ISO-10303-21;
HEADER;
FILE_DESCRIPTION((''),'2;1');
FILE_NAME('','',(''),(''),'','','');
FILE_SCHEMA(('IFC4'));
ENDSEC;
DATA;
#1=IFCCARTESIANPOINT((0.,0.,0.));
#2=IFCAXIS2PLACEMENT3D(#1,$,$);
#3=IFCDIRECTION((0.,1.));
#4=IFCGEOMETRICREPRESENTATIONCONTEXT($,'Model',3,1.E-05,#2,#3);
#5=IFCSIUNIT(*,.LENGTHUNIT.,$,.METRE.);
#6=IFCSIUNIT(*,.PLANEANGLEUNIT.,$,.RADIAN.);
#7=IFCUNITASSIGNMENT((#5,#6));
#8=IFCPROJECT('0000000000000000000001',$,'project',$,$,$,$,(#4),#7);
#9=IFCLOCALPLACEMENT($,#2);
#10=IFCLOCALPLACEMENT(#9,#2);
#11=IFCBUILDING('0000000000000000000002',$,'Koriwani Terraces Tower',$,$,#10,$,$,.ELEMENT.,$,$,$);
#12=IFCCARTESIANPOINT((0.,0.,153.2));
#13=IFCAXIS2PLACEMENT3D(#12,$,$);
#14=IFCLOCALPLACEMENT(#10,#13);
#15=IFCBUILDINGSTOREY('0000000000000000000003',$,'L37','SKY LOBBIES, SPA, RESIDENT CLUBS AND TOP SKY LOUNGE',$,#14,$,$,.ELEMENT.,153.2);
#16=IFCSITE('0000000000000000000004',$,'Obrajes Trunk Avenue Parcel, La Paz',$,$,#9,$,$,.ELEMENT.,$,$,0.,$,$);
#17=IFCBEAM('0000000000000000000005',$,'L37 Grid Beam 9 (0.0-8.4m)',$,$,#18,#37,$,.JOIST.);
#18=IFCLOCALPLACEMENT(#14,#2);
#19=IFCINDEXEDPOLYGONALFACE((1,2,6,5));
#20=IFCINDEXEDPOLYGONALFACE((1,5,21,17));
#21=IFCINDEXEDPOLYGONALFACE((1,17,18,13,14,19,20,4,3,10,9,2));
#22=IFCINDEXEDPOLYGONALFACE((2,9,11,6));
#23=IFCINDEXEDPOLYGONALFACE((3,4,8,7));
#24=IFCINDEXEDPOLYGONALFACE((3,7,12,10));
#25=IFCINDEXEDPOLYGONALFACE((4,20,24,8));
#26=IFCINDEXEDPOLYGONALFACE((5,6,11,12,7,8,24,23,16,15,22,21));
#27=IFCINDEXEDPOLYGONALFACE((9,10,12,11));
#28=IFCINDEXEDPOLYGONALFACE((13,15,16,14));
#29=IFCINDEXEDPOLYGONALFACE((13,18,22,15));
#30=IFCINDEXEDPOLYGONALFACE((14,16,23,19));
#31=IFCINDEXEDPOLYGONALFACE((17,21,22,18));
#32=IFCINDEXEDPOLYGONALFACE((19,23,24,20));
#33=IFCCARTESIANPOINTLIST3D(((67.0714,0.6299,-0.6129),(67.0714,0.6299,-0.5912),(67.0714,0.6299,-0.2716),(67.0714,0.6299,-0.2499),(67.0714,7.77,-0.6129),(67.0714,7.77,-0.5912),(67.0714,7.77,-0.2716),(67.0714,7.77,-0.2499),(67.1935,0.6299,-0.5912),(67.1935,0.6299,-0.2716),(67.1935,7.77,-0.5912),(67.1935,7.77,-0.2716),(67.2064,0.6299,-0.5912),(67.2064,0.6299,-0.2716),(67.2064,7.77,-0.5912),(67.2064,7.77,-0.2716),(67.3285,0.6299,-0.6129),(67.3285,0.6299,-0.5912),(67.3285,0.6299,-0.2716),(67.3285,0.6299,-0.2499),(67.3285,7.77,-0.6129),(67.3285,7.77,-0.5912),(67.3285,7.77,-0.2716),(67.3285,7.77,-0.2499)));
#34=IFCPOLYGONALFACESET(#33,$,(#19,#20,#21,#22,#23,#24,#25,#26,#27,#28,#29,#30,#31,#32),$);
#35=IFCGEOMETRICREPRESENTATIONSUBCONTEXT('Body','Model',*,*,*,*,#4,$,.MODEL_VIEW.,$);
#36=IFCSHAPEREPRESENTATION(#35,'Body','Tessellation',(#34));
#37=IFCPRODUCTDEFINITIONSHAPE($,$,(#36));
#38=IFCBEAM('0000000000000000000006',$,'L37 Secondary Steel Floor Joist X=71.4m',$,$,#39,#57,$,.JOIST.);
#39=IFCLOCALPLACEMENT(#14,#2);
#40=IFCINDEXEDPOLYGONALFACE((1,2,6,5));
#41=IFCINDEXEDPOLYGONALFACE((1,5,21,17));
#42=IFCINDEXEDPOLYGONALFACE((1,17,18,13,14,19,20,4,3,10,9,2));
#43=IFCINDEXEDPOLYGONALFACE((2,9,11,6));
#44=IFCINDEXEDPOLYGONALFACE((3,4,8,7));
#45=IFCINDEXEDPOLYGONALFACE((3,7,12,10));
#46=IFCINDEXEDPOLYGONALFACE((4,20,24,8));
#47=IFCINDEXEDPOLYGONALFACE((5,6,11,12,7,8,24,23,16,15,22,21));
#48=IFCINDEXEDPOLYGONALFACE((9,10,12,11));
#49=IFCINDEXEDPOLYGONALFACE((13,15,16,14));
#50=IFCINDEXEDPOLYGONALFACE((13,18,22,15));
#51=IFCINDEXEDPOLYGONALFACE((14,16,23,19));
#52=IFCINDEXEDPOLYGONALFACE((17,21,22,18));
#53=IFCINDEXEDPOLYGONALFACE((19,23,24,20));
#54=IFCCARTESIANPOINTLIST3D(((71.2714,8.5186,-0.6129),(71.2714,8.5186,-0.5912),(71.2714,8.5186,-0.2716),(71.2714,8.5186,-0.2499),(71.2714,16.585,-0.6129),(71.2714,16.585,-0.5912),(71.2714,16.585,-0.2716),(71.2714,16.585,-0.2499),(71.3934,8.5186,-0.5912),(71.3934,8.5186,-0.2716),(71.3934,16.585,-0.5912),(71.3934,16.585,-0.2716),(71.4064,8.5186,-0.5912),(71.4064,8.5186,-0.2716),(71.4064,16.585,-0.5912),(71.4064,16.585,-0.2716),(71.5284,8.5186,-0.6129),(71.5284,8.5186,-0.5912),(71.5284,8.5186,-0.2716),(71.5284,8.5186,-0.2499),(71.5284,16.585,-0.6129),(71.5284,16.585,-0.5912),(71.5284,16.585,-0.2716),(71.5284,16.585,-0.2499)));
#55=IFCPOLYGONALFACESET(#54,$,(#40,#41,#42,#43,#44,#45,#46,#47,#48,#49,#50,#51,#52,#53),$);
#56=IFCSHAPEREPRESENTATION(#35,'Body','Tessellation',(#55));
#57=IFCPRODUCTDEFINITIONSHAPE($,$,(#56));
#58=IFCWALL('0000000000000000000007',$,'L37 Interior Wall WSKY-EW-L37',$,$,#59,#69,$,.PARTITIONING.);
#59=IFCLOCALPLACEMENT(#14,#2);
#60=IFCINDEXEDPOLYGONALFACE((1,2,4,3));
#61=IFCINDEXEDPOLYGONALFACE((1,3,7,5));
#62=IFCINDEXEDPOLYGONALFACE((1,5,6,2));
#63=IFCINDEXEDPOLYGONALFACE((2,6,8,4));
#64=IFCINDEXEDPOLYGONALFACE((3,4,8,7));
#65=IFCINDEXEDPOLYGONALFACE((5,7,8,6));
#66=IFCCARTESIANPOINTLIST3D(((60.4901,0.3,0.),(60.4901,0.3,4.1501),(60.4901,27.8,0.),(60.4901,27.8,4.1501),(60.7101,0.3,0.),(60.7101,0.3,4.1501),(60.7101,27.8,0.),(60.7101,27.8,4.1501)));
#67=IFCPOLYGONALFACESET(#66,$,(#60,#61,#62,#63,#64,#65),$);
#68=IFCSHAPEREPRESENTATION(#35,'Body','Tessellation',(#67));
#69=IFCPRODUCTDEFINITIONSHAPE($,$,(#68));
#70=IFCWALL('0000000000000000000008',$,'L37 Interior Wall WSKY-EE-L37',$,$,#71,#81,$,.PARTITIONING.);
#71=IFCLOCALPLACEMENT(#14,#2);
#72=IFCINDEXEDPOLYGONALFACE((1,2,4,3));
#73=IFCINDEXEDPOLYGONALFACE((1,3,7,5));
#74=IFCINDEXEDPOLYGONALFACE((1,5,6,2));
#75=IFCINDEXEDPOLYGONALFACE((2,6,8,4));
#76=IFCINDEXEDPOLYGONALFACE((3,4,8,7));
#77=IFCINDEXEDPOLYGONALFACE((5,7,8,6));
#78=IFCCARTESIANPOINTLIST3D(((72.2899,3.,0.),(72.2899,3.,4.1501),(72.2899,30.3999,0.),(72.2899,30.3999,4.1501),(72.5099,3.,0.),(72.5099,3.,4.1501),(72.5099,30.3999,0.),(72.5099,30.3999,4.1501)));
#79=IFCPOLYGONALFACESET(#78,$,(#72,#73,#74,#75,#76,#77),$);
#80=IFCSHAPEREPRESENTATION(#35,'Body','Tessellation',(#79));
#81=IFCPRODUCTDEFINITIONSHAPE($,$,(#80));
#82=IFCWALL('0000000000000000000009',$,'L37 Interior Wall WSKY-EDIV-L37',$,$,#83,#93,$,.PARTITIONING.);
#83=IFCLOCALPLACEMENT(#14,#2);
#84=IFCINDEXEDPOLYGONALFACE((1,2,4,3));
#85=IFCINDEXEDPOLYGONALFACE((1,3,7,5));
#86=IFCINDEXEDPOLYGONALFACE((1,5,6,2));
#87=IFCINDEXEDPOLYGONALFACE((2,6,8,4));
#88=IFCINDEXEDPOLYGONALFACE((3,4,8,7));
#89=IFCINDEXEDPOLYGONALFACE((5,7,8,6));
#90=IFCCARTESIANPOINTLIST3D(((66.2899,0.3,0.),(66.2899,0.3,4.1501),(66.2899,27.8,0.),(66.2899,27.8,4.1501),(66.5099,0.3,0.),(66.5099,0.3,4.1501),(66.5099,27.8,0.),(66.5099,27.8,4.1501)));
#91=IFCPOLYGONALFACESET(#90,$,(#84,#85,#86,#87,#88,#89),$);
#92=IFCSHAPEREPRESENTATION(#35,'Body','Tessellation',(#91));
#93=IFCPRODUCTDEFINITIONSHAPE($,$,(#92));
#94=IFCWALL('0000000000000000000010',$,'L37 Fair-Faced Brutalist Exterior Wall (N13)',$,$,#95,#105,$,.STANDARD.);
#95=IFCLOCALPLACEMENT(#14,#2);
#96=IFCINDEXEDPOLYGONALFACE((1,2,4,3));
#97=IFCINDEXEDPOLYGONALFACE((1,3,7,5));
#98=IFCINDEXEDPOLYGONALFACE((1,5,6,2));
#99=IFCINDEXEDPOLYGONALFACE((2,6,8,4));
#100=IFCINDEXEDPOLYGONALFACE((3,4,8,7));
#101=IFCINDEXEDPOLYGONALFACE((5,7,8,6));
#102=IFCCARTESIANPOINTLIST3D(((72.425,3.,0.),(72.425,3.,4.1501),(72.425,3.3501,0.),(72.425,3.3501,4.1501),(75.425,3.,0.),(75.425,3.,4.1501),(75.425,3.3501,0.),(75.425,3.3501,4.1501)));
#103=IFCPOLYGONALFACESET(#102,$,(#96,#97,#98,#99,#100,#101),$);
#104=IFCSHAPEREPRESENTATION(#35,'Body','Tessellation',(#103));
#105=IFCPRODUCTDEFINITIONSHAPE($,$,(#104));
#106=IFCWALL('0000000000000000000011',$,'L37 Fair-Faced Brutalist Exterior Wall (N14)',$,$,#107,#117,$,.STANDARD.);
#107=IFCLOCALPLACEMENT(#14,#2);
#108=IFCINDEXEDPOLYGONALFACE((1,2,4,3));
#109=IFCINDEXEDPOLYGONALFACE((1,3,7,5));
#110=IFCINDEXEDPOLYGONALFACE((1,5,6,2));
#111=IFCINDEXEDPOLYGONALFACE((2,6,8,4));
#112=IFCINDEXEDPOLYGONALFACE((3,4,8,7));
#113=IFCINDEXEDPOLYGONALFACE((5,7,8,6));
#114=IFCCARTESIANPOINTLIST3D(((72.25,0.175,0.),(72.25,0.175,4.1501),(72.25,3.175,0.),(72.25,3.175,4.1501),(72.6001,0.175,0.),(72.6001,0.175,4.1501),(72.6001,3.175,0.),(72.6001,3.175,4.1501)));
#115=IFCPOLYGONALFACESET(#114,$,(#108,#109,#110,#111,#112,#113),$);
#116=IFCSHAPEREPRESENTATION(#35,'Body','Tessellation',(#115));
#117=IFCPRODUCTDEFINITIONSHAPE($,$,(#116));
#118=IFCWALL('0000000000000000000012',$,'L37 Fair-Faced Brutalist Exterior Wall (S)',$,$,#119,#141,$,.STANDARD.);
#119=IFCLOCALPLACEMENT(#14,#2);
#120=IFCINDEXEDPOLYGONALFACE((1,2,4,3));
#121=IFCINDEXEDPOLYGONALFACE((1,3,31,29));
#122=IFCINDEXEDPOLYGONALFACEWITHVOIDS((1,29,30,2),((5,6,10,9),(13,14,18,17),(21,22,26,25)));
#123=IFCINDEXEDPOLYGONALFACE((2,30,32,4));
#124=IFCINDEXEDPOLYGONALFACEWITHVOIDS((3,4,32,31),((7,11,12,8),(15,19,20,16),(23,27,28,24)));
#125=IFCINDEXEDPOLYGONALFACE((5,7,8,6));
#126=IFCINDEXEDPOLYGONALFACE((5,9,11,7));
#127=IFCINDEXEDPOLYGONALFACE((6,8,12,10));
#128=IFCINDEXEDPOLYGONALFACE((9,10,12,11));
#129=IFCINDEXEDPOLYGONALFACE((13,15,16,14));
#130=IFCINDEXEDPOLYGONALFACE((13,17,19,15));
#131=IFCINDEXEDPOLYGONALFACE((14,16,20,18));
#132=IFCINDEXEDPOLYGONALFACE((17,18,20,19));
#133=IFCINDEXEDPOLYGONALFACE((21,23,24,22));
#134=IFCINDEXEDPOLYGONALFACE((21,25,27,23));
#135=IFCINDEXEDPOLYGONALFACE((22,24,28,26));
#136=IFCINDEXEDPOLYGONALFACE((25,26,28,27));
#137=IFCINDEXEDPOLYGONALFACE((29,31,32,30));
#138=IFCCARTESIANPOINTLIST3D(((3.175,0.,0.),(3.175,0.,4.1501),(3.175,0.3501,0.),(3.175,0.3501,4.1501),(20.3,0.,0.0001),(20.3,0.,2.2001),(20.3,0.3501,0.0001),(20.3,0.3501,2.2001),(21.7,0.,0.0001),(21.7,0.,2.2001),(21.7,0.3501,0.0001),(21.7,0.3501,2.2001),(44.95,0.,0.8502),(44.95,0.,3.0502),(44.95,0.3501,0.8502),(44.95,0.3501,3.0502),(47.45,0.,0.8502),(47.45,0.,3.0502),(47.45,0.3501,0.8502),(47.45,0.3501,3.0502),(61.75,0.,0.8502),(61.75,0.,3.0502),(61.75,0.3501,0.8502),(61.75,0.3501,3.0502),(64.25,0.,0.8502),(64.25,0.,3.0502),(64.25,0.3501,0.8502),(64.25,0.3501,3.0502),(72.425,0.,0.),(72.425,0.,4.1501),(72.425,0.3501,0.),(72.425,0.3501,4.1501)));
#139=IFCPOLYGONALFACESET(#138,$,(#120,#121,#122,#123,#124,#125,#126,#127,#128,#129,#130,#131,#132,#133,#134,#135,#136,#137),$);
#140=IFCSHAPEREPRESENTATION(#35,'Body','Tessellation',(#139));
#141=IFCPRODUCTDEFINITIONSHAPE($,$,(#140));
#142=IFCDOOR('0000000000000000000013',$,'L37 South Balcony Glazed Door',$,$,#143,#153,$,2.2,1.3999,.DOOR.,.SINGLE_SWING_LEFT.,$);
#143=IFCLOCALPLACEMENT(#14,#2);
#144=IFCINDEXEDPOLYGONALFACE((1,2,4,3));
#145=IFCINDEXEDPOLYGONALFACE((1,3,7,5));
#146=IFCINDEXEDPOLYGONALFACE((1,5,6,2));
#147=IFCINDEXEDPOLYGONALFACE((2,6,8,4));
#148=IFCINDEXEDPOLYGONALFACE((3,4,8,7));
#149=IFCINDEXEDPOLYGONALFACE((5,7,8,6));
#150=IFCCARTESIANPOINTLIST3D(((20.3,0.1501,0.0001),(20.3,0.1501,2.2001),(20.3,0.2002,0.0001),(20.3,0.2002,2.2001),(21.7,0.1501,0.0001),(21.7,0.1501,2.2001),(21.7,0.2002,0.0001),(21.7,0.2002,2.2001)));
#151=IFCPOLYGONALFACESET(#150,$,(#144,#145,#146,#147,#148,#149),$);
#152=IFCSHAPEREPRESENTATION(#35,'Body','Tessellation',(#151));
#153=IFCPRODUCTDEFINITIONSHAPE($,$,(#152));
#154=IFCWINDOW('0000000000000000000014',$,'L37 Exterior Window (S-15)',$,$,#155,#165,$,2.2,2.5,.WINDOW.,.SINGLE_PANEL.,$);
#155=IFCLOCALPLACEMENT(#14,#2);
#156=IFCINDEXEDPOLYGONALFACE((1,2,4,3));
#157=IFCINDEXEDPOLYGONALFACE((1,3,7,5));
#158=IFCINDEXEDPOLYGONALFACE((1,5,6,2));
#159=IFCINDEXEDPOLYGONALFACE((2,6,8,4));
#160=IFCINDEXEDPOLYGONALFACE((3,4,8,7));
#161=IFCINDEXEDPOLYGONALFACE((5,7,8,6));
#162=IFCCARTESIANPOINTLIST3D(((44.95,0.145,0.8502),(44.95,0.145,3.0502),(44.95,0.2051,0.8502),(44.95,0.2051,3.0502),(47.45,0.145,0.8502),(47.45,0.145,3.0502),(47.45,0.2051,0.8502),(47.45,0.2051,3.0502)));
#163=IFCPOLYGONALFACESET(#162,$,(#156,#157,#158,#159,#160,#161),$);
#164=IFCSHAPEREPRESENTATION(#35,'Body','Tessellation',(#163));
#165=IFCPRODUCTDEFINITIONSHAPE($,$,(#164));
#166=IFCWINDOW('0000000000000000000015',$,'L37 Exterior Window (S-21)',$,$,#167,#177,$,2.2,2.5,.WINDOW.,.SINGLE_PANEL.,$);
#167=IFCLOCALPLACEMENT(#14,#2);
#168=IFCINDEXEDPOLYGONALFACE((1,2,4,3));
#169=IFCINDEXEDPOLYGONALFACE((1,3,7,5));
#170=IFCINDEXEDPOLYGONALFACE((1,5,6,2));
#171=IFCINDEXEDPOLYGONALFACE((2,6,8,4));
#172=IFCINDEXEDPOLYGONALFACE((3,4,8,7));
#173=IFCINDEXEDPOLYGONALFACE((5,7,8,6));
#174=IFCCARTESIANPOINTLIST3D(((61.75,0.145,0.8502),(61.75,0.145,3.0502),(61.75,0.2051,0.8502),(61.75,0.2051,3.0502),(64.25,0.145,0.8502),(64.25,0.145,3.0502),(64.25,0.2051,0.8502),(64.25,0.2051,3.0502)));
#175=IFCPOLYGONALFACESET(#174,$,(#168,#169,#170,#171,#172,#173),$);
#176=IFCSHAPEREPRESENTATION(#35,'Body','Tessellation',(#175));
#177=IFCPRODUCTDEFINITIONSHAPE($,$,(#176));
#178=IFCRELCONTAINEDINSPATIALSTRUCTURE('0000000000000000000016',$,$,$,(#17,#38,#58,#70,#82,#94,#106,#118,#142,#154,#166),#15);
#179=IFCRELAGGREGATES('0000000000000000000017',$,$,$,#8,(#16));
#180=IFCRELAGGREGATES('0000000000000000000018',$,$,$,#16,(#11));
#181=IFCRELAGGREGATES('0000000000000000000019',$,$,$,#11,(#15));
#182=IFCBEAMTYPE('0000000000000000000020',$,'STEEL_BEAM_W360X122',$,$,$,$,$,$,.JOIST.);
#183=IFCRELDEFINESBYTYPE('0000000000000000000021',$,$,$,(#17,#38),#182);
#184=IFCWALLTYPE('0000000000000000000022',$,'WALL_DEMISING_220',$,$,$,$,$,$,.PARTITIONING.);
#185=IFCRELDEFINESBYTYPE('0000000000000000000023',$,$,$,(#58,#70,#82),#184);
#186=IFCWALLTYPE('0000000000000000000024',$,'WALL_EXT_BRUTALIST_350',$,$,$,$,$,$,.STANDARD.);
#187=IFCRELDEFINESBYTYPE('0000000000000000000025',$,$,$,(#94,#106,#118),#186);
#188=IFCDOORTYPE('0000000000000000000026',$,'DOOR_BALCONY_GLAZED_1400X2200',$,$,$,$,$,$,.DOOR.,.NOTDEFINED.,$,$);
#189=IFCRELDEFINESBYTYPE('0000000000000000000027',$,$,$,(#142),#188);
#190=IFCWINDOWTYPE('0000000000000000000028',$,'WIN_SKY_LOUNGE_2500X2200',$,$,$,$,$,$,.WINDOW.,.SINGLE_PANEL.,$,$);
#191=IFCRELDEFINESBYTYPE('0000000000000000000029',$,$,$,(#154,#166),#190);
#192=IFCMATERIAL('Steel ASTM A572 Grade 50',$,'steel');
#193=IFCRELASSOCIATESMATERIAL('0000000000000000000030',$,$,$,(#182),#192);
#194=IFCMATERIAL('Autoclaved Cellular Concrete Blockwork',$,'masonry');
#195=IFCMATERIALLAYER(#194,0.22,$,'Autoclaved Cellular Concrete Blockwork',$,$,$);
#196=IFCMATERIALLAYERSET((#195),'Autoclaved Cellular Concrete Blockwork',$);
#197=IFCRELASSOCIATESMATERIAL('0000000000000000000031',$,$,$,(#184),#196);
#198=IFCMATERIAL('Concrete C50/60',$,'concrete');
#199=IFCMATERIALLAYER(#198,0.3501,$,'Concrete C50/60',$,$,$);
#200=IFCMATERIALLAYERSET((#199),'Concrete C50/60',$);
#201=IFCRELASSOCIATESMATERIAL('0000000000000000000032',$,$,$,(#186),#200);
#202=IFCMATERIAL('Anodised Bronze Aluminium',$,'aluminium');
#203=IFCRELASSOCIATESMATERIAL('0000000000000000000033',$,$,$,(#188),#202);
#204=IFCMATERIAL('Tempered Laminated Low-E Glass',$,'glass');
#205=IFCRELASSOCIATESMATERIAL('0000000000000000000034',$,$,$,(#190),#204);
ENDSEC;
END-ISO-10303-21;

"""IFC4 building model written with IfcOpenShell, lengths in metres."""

from ifc_helpers import new_model, si_unit, direction, frame, frame_2d, origin, origin_2d, place, context, subcontext, project, spatial, rectangle, i_section, extrude, material, layer, layer_set, material_profile, profile_set, type_object, element, fill, save


model = new_model("IFC4")

# Units and contexts
model_context = context("Model", 3, precision=1e-05, world=origin(), true_north=direction((0.0, 1.0)))
body_context = subcontext(model_context, "Body", "Model", "MODEL_VIEW")
ifc_project = project(units=[si_unit("LENGTHUNIT", "METRE"), si_unit("PLANEANGLEUNIT", "RADIAN")], contexts=[model_context])

# Site, building, storey
site_placement = place(None, origin())
site = spatial("IfcSite", under=ifc_project, at=site_placement, Name="Obrajes Trunk Avenue Parcel, La Paz", CompositionType="ELEMENT", RefElevation=0.0)
building_placement = place(site_placement, origin())
building = spatial("IfcBuilding", under=site, at=building_placement, Name="Koriwani Terraces Tower", CompositionType="ELEMENT")
storey_placement = place(building_placement, frame((0.0, 0.0, 153.2)))
storey = spatial("IfcBuildingStorey", under=building, at=storey_placement, Name="L37", Description="SKY LOBBIES, SPA, RESIDENT CLUBS AND TOP SKY LOUNGE", CompositionType="ELEMENT", Elevation=153.2)

# Shared definitions
ifc_material_1 = material(Name="Concrete C50/60", Category="concrete")

# Shared definitions
ifc_material_2 = material(Name="Anodised Bronze Aluminium", Category="aluminium")

# Beams
ifc_material_3 = material(Name="Steel ASTM A572 Grade 50", Category="steel")
ifc_material_profile_1 = material_profile(ifc_material_3, i_section(OverallWidth=0.2571, OverallDepth=0.363, WebThickness=0.0129, FlangeThickness=0.0217, at=origin_2d()), Name="Steel ASTM A572 Grade 50", Category="LoadBearing")
ifc_profile_set_1 = profile_set([ifc_material_profile_1], Name="Steel ASTM A572 Grade 50")
beam_type_1 = type_object("IfcBeamType", Name="STEEL_BEAM_W360X122", PredefinedType="JOIST", material=ifc_profile_set_1)
beam_1_placement = place(storey_placement, frame((67.2, 0.6299, -0.4314), z_axis=(0.0, 1.0, 0.0), x_axis=(-1.0, 0.0, 0.0)))
element("IfcBeam", 1, at=beam_1_placement, inside=storey, type_object=beam_type_1, Name="L37 Grid Beam 9 (0.0-8.4m)", PredefinedType="JOIST", context=body_context, shape_type="SweptSolid", body=[
    extrude(i_section(OverallWidth=0.2571, OverallDepth=0.363, WebThickness=0.0129, FlangeThickness=0.0217, at=origin_2d()), origin(), (0.0, 0.0, 1.0), 7.1401),
])
beam_2_placement = place(storey_placement, frame((71.3999, 8.5186, -0.4314), z_axis=(0.0, 1.0, 0.0), x_axis=(-1.0, 0.0, 0.0)))
element("IfcBeam", 2, at=beam_2_placement, inside=storey, type_object=beam_type_1, Name="L37 Secondary Steel Floor Joist X=71.4m", PredefinedType="JOIST", context=body_context, shape_type="SweptSolid", body=[
    extrude(i_section(OverallWidth=0.2571, OverallDepth=0.363, WebThickness=0.0129, FlangeThickness=0.0217, at=origin_2d()), origin(), (0.0, 0.0, 1.0), 8.0664),
])

# Walls
ifc_material_4 = material(Name="Autoclaved Cellular Concrete Blockwork", Category="masonry")
ifc_layer_1 = layer(ifc_material_4, 0.22, Name="Autoclaved Cellular Concrete Blockwork")
ifc_layer_set_1 = layer_set([ifc_layer_1], Name="Autoclaved Cellular Concrete Blockwork")
wall_type_1 = type_object("IfcWallType", Name="WALL_DEMISING_220", PredefinedType="PARTITIONING", material=ifc_layer_set_1)
wall_1_placement = place(storey_placement, frame((60.6001, 0.3, 0.0), z_axis=(0.0, 0.0, 1.0), x_axis=(0.0, 1.0, 0.0)))
element("IfcWall", 3, at=wall_1_placement, inside=storey, type_object=wall_type_1, Name="L37 Interior Wall WSKY-EW-L37", PredefinedType="PARTITIONING", context=body_context, shape_type="SweptSolid", body=[
    extrude(rectangle(XDim=27.5, YDim=0.22, at=frame_2d((13.75, 0.0))), origin(), (0.0, 0.0, 1.0), 4.1501),
])
wall_2_placement = place(storey_placement, frame((72.3999, 3.0, 0.0), z_axis=(0.0, 0.0, 1.0), x_axis=(0.0, 1.0, 0.0)))
element("IfcWall", 4, at=wall_2_placement, inside=storey, type_object=wall_type_1, Name="L37 Interior Wall WSKY-EE-L37", PredefinedType="PARTITIONING", context=body_context, shape_type="SweptSolid", body=[
    extrude(rectangle(XDim=27.3999, YDim=0.22, at=frame_2d((13.7, 0.0))), origin(), (0.0, 0.0, 1.0), 4.1501),
])
wall_3_placement = place(storey_placement, frame((66.3999, 0.3, 0.0), z_axis=(0.0, 0.0, 1.0), x_axis=(0.0, 1.0, 0.0)))
element("IfcWall", 5, at=wall_3_placement, inside=storey, type_object=wall_type_1, Name="L37 Interior Wall WSKY-EDIV-L37", PredefinedType="PARTITIONING", context=body_context, shape_type="SweptSolid", body=[
    extrude(rectangle(XDim=27.5, YDim=0.22, at=frame_2d((13.75, 0.0))), origin(), (0.0, 0.0, 1.0), 4.1501),
])
ifc_layer_2 = layer(ifc_material_1, 0.3501, Name="Concrete C50/60")
ifc_layer_set_2 = layer_set([ifc_layer_2], Name="Concrete C50/60")
wall_type_2 = type_object("IfcWallType", Name="WALL_EXT_BRUTALIST_350", PredefinedType="STANDARD", material=ifc_layer_set_2)
for number, where, z_axis, x_axis, name in (
    (6, (75.425, 3.175, 0.0), (0.0, 0.0, 1.0), (-1.0, 0.0, 0.0), "L37 Fair-Faced Brutalist Exterior Wall (N13)"),
    (7, (72.425, 3.175, 0.0), (0.0, 0.0, 1.0), (0.0, -1.0, 0.0), "L37 Fair-Faced Brutalist Exterior Wall (N14)"),
):
    element("IfcWall", number, at=place(storey_placement, frame(where, z_axis=z_axis, x_axis=x_axis)), inside=storey, type_object=wall_type_2, Name=name, PredefinedType="STANDARD", context=body_context, shape_type="SweptSolid", body=[
        extrude(rectangle(XDim=3.0, YDim=0.3501, at=frame_2d((1.5, 0.0))), origin(), (0.0, 0.0, 1.0), 4.1501),
    ])

# Wall, openings, door, windows
wall_4_placement = place(storey_placement, frame((72.425, 0.175, 0.0), z_axis=(0.0, 0.0, 1.0), x_axis=(-1.0, 0.0, 0.0)))
wall_4 = element("IfcWall", 8, at=wall_4_placement, inside=storey, type_object=wall_type_2, Name="L37 Fair-Faced Brutalist Exterior Wall (S)", PredefinedType="STANDARD", context=body_context, shape_type="SweptSolid", body=[
    extrude(rectangle(XDim=69.25, YDim=0.3501, at=frame_2d((34.625, 0.0))), origin(), (0.0, 0.0, 1.0), 4.1501),
])
opening_1_placement = place(wall_4_placement, frame((50.7251, 0.0, 0.0)))
opening_1 = element("IfcOpeningElement", 9, at=opening_1_placement, cuts=wall_4, PredefinedType="OPENING", context=body_context, shape_type="SweptSolid", body=[
    extrude(rectangle(XDim=1.3999, YDim=2.2, at=frame_2d((0.7, 1.1001))), frame((0.0, 0.1851, 0.0), z_axis=(0.0, -1.0, 0.0), x_axis=(1.0, 0.0, 0.0)), (0.0, 0.0, 1.0), 0.3701),
])
opening_2_placement = place(wall_4_placement, frame((24.9751, 0.0, 0.8501)))
opening_2 = element("IfcOpeningElement", 10, at=opening_2_placement, cuts=wall_4, PredefinedType="OPENING", context=body_context, shape_type="SweptSolid", body=[
    extrude(rectangle(XDim=2.5, YDim=2.2, at=frame_2d((1.25, 1.1001))), frame((0.0, 0.1851, 0.0), z_axis=(0.0, -1.0, 0.0), x_axis=(1.0, 0.0, 0.0)), (0.0, 0.0, 1.0), 0.3701),
])
opening_3_placement = place(wall_4_placement, frame((8.175, 0.0, 0.8501)))
opening_3 = element("IfcOpeningElement", 11, at=opening_3_placement, cuts=wall_4, PredefinedType="OPENING", context=body_context, shape_type="SweptSolid", body=[
    extrude(rectangle(XDim=2.5, YDim=2.2, at=frame_2d((1.25, 1.1001))), frame((0.0, 0.1851, 0.0), z_axis=(0.0, -1.0, 0.0), x_axis=(1.0, 0.0, 0.0)), (0.0, 0.0, 1.0), 0.3701),
])
door_type_1 = type_object("IfcDoorType", Name="DOOR_BALCONY_GLAZED_1400X2200", OperationType="NOTDEFINED", PredefinedType="DOOR", material=ifc_material_2)
door_1_placement = place(opening_1_placement, origin())
door_1 = element("IfcDoor", 12, at=door_1_placement, inside=storey, type_object=door_type_1, Name="L37 South Balcony Glazed Door", OperationType="SINGLE_SWING_LEFT", OverallHeight=2.2, OverallWidth=1.3999, PredefinedType="DOOR", context=body_context, shape_type="SweptSolid", body=[
    extrude(rectangle(XDim=1.3999, YDim=2.2, at=frame_2d((0.7, 1.1001))), frame((0.0, 0.0249, 0.0), z_axis=(0.0, -1.0, 0.0), x_axis=(1.0, 0.0, 0.0)), (0.0, 0.0, 1.0), 0.05),
])
fill(opening_1, door_1)
ifc_material_5 = material(Name="Tempered Laminated Low-E Glass", Category="glass")
window_type = type_object("IfcWindowType", Name="WIN_SKY_LOUNGE_2500X2200", PartitioningType="SINGLE_PANEL", PredefinedType="WINDOW", material=ifc_material_5)
window_1_placement = place(opening_2_placement, origin())
window_1 = element("IfcWindow", 13, at=window_1_placement, inside=storey, type_object=window_type, Name="L37 Exterior Window (S-15)", OverallHeight=2.2, OverallWidth=2.5, PartitioningType="SINGLE_PANEL", PredefinedType="WINDOW", context=body_context, shape_type="SweptSolid", body=[
    extrude(rectangle(XDim=2.5, YDim=2.2, at=frame_2d((1.25, 1.1001))), frame((0.0, 0.03, 0.0), z_axis=(0.0, -1.0, 0.0), x_axis=(1.0, 0.0, 0.0)), (0.0, 0.0, 1.0), 0.0601),
])
fill(opening_2, window_1)
window_2_placement = place(opening_3_placement, origin())
window_2 = element("IfcWindow", 14, at=window_2_placement, inside=storey, type_object=window_type, Name="L37 Exterior Window (S-21)", OverallHeight=2.2, OverallWidth=2.5, PartitioningType="SINGLE_PANEL", PredefinedType="WINDOW", context=body_context, shape_type="SweptSolid", body=[
    extrude(rectangle(XDim=2.5, YDim=2.2, at=frame_2d((1.25, 1.1001))), frame((0.0, 0.03, 0.0), z_axis=(0.0, -1.0, 0.0), x_axis=(1.0, 0.0, 0.0)), (0.0, 0.0, 1.0), 0.0601),
])
fill(opening_3, window_2)

save(model, "model.ifc")
